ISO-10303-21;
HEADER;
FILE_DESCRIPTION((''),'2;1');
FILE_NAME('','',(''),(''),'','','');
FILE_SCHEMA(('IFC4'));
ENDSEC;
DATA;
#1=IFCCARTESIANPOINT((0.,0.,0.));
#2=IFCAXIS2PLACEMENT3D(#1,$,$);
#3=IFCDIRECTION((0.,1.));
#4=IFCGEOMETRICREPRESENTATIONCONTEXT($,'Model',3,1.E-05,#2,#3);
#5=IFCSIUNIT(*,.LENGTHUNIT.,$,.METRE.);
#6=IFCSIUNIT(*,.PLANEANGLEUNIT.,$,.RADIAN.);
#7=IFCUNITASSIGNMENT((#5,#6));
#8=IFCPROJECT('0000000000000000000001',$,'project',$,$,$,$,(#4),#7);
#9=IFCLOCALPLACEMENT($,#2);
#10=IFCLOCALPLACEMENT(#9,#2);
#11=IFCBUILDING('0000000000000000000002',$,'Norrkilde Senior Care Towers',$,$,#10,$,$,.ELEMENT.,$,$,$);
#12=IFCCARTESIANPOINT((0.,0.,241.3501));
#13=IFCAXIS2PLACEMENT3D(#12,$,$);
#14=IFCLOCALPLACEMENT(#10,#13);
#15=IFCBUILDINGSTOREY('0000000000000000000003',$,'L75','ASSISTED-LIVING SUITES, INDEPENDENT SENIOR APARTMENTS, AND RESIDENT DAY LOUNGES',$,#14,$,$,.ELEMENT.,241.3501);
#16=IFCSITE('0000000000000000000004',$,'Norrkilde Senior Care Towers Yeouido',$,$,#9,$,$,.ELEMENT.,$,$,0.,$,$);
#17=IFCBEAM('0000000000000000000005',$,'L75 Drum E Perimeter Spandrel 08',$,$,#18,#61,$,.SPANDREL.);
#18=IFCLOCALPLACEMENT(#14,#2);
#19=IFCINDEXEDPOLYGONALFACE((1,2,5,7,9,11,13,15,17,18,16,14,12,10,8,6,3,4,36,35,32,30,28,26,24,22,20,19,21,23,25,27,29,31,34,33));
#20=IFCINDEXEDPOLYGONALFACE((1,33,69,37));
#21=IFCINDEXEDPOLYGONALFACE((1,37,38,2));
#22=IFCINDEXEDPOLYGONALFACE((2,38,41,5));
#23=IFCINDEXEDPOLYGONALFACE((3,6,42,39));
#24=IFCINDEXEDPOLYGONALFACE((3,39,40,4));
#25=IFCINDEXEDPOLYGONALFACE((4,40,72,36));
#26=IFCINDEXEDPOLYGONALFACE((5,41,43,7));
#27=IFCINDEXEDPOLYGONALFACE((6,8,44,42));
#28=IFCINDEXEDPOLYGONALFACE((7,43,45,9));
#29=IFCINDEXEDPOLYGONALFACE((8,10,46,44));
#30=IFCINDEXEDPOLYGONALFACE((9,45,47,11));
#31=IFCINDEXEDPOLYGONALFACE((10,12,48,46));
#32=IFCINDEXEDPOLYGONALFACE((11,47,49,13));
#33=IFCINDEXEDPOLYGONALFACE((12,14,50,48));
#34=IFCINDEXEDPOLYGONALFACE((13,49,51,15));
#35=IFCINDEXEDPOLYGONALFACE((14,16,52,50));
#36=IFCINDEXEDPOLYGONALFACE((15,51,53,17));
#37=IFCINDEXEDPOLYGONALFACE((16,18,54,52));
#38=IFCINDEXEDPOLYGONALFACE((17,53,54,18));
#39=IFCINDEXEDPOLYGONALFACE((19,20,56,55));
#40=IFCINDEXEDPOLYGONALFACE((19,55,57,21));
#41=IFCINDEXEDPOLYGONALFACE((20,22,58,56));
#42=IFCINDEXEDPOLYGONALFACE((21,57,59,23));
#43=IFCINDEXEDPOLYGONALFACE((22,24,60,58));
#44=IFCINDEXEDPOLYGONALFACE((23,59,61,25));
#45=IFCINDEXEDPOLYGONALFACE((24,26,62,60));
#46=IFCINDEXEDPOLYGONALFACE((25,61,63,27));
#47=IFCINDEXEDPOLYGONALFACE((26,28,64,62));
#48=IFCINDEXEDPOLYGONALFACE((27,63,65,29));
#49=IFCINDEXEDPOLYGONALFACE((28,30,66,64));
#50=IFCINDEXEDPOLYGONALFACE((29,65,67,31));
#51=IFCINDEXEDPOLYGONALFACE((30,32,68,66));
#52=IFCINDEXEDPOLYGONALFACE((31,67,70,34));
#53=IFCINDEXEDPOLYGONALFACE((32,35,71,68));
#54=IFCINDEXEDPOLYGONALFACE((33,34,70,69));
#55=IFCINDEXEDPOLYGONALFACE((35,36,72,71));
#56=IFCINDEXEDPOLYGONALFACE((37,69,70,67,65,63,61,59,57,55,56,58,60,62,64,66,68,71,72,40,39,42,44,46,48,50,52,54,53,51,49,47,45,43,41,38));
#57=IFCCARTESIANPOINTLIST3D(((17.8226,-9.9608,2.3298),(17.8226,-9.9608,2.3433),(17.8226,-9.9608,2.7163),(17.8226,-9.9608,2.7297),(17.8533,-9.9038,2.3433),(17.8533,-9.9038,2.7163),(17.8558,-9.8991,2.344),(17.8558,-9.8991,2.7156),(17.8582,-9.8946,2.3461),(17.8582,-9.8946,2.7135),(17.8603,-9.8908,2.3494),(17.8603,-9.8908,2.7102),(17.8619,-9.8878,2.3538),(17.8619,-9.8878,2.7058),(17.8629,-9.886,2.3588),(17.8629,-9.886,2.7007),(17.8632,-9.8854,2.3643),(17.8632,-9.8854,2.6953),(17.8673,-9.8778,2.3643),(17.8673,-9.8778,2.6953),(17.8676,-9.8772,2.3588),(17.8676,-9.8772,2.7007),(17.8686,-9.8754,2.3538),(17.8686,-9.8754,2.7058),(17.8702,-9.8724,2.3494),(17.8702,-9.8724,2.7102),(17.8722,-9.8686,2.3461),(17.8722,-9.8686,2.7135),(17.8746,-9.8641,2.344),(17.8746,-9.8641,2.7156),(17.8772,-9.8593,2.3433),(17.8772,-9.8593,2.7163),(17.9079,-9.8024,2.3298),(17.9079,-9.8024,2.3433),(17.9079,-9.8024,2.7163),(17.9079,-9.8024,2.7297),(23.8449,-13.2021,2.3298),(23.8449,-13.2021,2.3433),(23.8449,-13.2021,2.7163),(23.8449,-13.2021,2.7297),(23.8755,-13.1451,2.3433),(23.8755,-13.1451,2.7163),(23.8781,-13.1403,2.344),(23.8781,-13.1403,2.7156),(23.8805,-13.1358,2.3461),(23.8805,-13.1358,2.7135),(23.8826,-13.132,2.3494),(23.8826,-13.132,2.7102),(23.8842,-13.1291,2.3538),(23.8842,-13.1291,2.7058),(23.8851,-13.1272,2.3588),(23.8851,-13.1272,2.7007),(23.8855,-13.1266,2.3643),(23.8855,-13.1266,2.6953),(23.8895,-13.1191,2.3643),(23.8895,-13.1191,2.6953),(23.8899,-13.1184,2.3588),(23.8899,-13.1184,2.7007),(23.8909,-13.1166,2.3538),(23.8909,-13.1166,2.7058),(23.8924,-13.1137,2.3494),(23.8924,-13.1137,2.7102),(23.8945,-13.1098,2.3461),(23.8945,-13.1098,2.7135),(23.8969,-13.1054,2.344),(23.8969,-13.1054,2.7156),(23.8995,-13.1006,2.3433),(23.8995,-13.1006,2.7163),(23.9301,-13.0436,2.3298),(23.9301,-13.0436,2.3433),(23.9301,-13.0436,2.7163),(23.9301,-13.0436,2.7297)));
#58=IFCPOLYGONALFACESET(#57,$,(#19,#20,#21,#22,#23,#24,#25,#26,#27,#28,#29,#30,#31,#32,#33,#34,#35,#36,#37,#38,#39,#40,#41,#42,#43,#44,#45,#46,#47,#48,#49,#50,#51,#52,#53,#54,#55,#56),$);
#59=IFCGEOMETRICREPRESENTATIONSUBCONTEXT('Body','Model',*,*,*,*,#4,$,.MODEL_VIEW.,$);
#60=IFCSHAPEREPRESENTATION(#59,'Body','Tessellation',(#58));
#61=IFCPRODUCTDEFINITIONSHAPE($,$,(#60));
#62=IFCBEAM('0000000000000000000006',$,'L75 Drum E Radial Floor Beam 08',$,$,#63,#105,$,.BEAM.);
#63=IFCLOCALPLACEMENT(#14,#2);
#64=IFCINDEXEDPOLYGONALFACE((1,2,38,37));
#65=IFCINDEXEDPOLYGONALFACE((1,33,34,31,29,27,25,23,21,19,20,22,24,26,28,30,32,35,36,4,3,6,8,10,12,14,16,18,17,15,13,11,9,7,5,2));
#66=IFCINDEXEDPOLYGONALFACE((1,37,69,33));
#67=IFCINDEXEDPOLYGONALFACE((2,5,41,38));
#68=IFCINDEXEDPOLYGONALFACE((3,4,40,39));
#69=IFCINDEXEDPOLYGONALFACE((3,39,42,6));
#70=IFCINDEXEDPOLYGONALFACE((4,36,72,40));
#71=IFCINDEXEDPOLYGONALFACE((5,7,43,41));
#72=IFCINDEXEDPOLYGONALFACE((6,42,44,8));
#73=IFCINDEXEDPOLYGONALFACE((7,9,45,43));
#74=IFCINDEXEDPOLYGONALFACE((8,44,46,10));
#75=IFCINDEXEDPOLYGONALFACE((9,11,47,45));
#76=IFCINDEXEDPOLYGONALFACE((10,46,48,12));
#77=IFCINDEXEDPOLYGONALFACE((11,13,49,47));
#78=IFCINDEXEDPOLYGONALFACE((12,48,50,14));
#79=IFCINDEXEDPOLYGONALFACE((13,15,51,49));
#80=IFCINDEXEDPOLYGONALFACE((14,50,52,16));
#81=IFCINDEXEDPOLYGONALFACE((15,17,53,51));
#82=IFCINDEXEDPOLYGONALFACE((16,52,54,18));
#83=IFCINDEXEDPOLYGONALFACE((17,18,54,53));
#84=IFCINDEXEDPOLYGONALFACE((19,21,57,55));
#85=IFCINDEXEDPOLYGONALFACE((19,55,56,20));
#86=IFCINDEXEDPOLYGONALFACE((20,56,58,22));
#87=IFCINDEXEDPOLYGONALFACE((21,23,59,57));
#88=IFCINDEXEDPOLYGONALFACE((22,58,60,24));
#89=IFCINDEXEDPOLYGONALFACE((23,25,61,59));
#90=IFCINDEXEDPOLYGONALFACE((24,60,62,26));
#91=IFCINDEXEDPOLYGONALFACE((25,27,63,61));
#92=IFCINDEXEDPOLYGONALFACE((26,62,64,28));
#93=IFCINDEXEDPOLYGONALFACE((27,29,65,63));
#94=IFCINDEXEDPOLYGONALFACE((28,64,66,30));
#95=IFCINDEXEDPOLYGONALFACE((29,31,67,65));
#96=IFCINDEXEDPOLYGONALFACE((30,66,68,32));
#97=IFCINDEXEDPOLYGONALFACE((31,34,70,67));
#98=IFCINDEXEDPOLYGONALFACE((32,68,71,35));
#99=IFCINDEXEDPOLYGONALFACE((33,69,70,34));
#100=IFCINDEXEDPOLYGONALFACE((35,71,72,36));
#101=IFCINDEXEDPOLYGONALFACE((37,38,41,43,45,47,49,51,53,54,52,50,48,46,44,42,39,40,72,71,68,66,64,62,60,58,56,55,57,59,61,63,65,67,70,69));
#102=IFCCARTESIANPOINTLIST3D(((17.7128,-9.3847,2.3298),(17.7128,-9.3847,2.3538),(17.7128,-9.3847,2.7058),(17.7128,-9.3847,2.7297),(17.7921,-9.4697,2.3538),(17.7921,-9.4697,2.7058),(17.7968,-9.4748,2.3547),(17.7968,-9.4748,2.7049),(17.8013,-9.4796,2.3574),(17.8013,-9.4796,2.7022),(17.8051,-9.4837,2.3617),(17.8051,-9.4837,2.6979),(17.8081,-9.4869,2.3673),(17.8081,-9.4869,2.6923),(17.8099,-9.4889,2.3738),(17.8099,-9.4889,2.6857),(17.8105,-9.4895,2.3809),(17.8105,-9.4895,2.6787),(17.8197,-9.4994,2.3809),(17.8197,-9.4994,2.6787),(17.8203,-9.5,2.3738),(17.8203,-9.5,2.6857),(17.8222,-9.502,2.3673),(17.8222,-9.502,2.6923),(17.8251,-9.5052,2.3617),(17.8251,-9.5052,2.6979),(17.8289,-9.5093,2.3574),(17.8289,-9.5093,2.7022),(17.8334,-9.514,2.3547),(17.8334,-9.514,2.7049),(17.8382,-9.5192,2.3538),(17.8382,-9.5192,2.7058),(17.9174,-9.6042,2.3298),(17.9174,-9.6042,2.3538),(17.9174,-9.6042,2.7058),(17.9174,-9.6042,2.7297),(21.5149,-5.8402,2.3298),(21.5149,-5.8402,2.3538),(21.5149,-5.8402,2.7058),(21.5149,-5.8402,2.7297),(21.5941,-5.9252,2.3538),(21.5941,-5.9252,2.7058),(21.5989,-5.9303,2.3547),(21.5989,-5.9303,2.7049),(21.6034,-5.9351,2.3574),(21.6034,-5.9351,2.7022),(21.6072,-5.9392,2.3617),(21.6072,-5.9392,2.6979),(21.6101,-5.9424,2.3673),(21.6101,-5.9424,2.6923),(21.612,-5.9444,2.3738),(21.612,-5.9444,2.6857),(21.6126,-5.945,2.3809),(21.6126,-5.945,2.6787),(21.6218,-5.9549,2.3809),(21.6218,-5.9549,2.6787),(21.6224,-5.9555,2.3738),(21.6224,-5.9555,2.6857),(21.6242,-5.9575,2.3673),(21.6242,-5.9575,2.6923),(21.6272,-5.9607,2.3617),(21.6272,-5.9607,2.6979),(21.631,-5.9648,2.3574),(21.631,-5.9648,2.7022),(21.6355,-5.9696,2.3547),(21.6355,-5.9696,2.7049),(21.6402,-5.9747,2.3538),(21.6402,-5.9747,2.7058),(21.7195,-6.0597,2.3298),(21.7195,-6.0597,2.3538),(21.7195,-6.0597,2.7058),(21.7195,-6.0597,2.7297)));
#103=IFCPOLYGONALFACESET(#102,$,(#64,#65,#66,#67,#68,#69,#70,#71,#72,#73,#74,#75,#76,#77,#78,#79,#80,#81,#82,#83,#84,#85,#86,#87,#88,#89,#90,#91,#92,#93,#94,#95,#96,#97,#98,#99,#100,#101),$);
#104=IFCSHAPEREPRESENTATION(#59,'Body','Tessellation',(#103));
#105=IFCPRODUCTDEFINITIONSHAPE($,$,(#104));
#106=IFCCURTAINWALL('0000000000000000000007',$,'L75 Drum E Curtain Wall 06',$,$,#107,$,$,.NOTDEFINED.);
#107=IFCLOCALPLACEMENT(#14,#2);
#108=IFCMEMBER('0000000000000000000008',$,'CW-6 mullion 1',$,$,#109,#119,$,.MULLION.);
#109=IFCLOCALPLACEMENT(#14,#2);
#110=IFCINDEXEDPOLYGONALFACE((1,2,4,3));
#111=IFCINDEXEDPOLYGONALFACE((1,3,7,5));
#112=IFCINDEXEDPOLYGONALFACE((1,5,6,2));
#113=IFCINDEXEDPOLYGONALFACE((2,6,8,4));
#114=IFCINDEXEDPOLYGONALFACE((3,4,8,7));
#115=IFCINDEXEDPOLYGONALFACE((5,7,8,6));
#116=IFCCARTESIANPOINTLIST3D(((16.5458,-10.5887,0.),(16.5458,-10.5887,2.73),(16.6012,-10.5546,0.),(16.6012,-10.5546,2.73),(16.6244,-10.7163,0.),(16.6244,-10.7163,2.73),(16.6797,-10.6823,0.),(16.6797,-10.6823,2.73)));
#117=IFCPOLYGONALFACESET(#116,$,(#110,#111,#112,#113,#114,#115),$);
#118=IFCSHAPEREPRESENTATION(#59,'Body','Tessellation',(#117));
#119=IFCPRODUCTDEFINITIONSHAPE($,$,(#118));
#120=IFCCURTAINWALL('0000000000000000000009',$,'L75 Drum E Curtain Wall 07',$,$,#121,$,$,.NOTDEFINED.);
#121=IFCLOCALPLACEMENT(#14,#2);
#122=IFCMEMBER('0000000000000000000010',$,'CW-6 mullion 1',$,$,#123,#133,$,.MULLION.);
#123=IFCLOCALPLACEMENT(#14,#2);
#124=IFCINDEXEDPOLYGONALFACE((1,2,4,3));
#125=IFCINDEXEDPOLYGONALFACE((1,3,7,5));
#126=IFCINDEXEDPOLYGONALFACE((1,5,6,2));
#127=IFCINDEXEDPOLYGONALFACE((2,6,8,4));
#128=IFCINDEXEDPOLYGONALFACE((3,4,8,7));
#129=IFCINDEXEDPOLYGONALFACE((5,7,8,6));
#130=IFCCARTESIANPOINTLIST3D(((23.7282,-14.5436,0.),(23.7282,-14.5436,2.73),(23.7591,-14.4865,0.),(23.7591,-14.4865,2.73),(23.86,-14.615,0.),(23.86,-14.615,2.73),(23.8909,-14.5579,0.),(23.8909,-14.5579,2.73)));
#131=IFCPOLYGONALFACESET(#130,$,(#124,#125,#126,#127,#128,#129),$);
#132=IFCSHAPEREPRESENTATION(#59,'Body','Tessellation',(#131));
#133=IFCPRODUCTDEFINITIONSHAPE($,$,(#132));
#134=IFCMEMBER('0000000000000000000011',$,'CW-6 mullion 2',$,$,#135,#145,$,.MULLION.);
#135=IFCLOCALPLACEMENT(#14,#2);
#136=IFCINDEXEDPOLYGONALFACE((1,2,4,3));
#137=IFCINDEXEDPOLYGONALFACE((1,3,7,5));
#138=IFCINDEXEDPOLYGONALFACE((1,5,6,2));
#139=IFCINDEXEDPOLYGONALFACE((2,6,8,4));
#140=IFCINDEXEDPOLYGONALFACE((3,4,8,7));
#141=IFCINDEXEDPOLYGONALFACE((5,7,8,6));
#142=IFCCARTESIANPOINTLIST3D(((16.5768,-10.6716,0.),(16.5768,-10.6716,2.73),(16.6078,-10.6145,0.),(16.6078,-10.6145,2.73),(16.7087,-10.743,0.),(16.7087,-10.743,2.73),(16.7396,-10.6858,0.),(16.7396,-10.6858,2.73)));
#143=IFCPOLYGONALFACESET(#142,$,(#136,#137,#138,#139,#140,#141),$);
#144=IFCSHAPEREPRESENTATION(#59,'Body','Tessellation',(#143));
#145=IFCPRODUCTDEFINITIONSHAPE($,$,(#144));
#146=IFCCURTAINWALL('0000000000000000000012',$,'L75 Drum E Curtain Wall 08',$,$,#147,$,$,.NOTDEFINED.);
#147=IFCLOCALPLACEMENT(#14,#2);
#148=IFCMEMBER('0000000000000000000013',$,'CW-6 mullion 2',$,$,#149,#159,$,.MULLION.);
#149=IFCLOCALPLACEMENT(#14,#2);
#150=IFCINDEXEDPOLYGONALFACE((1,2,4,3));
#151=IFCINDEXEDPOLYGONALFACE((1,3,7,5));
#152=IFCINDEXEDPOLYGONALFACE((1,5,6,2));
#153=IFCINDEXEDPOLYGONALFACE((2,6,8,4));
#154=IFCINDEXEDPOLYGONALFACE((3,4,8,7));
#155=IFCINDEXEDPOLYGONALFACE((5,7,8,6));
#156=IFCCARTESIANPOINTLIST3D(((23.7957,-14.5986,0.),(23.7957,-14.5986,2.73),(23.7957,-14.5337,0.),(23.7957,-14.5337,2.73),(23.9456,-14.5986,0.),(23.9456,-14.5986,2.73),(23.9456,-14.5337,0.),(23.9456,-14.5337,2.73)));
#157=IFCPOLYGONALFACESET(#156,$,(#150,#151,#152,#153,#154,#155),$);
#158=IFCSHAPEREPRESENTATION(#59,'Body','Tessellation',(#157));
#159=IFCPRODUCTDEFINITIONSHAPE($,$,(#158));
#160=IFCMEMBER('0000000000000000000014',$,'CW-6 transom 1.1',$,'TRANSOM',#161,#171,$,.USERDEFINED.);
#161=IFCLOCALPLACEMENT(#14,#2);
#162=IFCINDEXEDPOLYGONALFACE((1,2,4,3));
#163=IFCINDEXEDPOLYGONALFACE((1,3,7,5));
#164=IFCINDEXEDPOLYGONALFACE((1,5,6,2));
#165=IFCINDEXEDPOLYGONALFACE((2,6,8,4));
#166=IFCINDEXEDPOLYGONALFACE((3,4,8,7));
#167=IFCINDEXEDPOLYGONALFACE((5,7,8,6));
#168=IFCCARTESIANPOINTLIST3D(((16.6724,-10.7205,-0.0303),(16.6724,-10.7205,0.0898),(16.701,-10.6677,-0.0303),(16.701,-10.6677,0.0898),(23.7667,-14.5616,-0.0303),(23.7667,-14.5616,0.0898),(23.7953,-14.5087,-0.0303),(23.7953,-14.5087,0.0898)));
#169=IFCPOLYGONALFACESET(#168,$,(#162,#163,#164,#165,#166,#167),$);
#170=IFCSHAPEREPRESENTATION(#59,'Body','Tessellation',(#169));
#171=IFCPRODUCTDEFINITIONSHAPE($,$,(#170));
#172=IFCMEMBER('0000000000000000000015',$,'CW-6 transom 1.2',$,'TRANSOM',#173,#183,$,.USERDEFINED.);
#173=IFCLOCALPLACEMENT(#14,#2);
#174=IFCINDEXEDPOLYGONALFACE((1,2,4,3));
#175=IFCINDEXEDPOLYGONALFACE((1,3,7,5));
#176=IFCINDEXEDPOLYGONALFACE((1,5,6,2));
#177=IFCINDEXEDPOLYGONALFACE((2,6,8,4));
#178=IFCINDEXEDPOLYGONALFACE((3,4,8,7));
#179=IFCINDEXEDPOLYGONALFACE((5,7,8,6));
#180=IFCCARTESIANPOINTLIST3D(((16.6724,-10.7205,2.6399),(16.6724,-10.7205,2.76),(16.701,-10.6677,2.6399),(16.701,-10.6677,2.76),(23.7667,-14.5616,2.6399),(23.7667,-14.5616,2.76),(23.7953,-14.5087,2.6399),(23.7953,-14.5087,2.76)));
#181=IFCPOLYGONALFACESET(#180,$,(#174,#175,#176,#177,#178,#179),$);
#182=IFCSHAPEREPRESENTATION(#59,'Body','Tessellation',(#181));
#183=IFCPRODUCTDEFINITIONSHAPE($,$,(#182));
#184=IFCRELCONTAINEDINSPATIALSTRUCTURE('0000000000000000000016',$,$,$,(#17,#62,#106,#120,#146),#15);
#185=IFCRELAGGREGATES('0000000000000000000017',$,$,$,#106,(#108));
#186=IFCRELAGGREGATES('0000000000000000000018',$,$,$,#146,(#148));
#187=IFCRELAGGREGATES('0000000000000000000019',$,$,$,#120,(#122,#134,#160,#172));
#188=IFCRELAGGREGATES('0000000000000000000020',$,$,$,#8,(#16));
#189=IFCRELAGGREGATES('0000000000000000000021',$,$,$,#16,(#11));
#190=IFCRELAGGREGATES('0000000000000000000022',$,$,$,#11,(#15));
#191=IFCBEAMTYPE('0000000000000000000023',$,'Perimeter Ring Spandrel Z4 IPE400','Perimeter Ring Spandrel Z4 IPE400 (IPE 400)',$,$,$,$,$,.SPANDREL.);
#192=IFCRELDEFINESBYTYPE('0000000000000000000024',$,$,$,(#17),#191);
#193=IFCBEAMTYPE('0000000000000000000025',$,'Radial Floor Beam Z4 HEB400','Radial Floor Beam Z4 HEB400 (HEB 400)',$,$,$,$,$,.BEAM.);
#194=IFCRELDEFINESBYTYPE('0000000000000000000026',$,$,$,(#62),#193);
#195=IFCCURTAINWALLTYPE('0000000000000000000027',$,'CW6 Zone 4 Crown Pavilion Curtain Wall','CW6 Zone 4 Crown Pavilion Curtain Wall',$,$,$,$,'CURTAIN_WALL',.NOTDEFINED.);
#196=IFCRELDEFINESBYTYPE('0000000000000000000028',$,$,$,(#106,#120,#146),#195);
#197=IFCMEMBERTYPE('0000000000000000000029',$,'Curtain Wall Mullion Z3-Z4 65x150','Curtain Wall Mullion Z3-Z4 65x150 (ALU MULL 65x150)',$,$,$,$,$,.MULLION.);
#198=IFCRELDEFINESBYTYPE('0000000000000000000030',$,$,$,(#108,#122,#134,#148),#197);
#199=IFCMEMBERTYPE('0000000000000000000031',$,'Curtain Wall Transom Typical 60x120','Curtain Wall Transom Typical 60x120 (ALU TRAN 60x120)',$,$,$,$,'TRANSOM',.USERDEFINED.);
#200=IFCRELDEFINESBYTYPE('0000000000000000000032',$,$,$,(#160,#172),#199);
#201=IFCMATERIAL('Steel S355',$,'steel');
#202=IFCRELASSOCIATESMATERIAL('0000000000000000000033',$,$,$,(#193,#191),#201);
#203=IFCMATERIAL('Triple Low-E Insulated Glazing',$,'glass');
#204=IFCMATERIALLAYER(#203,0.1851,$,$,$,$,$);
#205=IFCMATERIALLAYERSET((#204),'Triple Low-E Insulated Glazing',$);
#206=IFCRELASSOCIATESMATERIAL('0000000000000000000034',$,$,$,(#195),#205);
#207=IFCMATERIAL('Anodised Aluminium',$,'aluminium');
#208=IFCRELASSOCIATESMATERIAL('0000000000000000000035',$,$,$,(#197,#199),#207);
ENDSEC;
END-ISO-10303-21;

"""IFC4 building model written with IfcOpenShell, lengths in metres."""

from ifc_helpers import new_model, si_unit, direction, frame, origin, origin_2d, place, context, subcontext, project, spatial, rectangle, i_section, extrude, source, transform, mapped, material, layer, layer_set, material_profile, profile_set, type_object, type_shapes, element, aggregate, save


model = new_model("IFC4")

# Units and contexts
model_context = context("Model", 3, precision=1e-05, world=origin(), true_north=direction((0.0, 1.0)))
body_context = subcontext(model_context, "Body", "Model", "MODEL_VIEW")
ifc_project = project(units=[si_unit("LENGTHUNIT", "METRE"), si_unit("PLANEANGLEUNIT", "RADIAN")], contexts=[model_context])

# Site, building, storey
site_placement = place(None, origin())
site = spatial("IfcSite", under=ifc_project, at=site_placement, Name="Norrkilde Senior Care Towers Yeouido", CompositionType="ELEMENT", RefElevation=0.0)
building_placement = place(site_placement, origin())
building = spatial("IfcBuilding", under=site, at=building_placement, Name="Norrkilde Senior Care Towers", CompositionType="ELEMENT")
storey_placement = place(building_placement, frame((0.0, 0.0, 241.3501)))
storey = spatial("IfcBuildingStorey", under=building, at=storey_placement, Name="L75", Description="ASSISTED-LIVING SUITES, INDEPENDENT SENIOR APARTMENTS, AND RESIDENT DAY LOUNGES", CompositionType="ELEMENT", Elevation=241.3501)

# Beams
ifc_material_1 = material(Name="Steel S355", Category="steel")
ifc_material_profile_1 = material_profile(ifc_material_1, i_section(OverallWidth=0.3, OverallDepth=0.3999, WebThickness=0.0134, FlangeThickness=0.0239, FilletRadius=0.0271, at=origin_2d()), Name="HEB 400")
ifc_profile_set_1 = profile_set([ifc_material_profile_1], Name="Steel S355")
beam_type_1 = type_object("IfcBeamType", Name="Radial Floor Beam Z4 HEB400", Description="Radial Floor Beam Z4 HEB400 (HEB 400)", PredefinedType="BEAM", material=ifc_profile_set_1)
ifc_material_profile_2 = material_profile(ifc_material_1, i_section(OverallWidth=0.1799, OverallDepth=0.3999, WebThickness=0.0085, FlangeThickness=0.0134, FilletRadius=0.021, at=origin_2d()), Name="IPE 400")
ifc_profile_set_2 = profile_set([ifc_material_profile_2], Name="Steel S355")
beam_type_2 = type_object("IfcBeamType", Name="Perimeter Ring Spandrel Z4 IPE400", Description="Perimeter Ring Spandrel Z4 IPE400 (IPE 400)", PredefinedType="SPANDREL", material=ifc_profile_set_2)
shared_shape_1 = source(origin(), body_context, "Body", "SweptSolid", [
    extrude(i_section(OverallWidth=0.1799, OverallDepth=0.3999, WebThickness=0.0085, FlangeThickness=0.0134, FilletRadius=0.021, at=origin_2d()), origin(), (0.0, 0.0, 1.0), 6.8391),
])
type_shapes(beam_type_2, [shared_shape_1])
beam_1_placement = place(storey_placement, frame((17.8652, -9.8816, 2.5298), z_axis=(0.880564, -0.473927, 0.0), x_axis=(0.473927, 0.880564, 0.0)))
element("IfcBeam", 1, at=beam_1_placement, inside=storey, type_object=beam_type_2, Name="L75 Drum E Perimeter Spandrel 08", PredefinedType="SPANDREL", context=body_context, shape_type="MappedRepresentation", body=[
    mapped(shared_shape_1, transform((0.0, 0.0, 0.0), x_axis=(1.0, 0.0, 0.0), y_axis=(0.0, 1.0, 0.0), z_axis=(0.0, 0.0, 1.0), scale=1.0)),
])
shared_shape_2 = source(origin(), body_context, "Body", "SweptSolid", [
    extrude(i_section(OverallWidth=0.3, OverallDepth=0.3999, WebThickness=0.0134, FlangeThickness=0.0239, FilletRadius=0.0271, at=origin_2d()), origin(), (0.0, 0.0, 1.0), 5.198),
])
beam_2_placement = place(storey_placement, frame((21.6172, -5.95, 2.5298), z_axis=(-0.731449, -0.681896, 0.0), x_axis=(0.681896, -0.731449, 0.0)))
element("IfcBeam", 2, at=beam_2_placement, inside=storey, type_object=beam_type_1, Name="L75 Drum E Radial Floor Beam 08", PredefinedType="BEAM", context=body_context, shape_type="MappedRepresentation", body=[
    mapped(shared_shape_2, transform((0.0, 0.0, 0.0), x_axis=(1.0, 0.0, 0.0), y_axis=(0.0, 1.0, 0.0), z_axis=(0.0, 0.0, 1.0), scale=1.0)),
])

# Curtain wall, member
ifc_material_2 = material(Name="Triple Low-E Insulated Glazing", Category="glass")
ifc_layer_1 = layer(ifc_material_2, 0.1851)
ifc_layer_set_1 = layer_set([ifc_layer_1], Name="Triple Low-E Insulated Glazing")
curtain_wall_type = type_object("IfcCurtainWallType", Name="CW6 Zone 4 Crown Pavilion Curtain Wall", Description="CW6 Zone 4 Crown Pavilion Curtain Wall", ElementType="CURTAIN_WALL", PredefinedType="NOTDEFINED", material=ifc_layer_set_1)
curtain_wall_1_placement = place(storey_placement, origin())
curtain_wall_1 = element("IfcCurtainWall", 3, at=curtain_wall_1_placement, inside=storey, type_object=curtain_wall_type, Name="L75 Drum E Curtain Wall 06", PredefinedType="NOTDEFINED")
ifc_material_3 = material(Name="Anodised Aluminium", Category="aluminium")
ifc_material_profile_3 = material_profile(ifc_material_3, rectangle(XDim=0.0649, YDim=0.1499, at=origin_2d()), Name="ALU MULL 65x150")
ifc_profile_set_3 = profile_set([ifc_material_profile_3], Name="Anodised Aluminium")
member_type_1 = type_object("IfcMemberType", Name="Curtain Wall Mullion Z3-Z4 65x150", Description="Curtain Wall Mullion Z3-Z4 65x150 (ALU MULL 65x150)", PredefinedType="MULLION", material=ifc_profile_set_3)
shared_shape_3 = source(origin(), body_context, "Body", "SweptSolid", [
    extrude(rectangle(XDim=0.0649, YDim=0.1499, at=origin_2d()), origin(), (0.0, 0.0, 1.0), 2.73),
])
type_shapes(member_type_1, [shared_shape_3])
member_1_placement = place(storey_placement, frame((16.6128, -10.6355, 0.0), z_axis=(0.0, 0.0, 1.0), x_axis=(-0.851563, -0.524253, 0.0)))
member_1 = element("IfcMember", 4, at=member_1_placement, type_object=member_type_1, Name="CW-6 mullion 1", PredefinedType="MULLION", context=body_context, shape_type="MappedRepresentation", body=[
    mapped(shared_shape_3, transform((0.0, 0.0, 0.0), x_axis=(1.0, 0.0, 0.0), y_axis=(0.0, 1.0, 0.0), z_axis=(0.0, 0.0, 1.0), scale=1.0)),
])
aggregate(curtain_wall_1, [member_1])

# Curtain wall, members
curtain_wall_2_placement = place(storey_placement, origin())
curtain_wall_2 = element("IfcCurtainWall", 5, at=curtain_wall_2_placement, inside=storey, type_object=curtain_wall_type, Name="L75 Drum E Curtain Wall 07", PredefinedType="NOTDEFINED")
member_2_placement = place(storey_placement, frame((23.8096, -14.5508, 0.0), z_axis=(0.0, 0.0, 1.0), x_axis=(-0.476133, -0.879373, 0.0)))
member_2 = element("IfcMember", 6, at=member_2_placement, type_object=member_type_1, Name="CW-6 mullion 1", PredefinedType="MULLION", context=body_context, shape_type="MappedRepresentation", body=[
    mapped(shared_shape_3, transform((0.0, 0.0, 0.0), x_axis=(1.0, 0.0, 0.0), y_axis=(0.0, 1.0, 0.0), z_axis=(0.0, 0.0, 1.0), scale=1.0)),
])
member_3_placement = place(storey_placement, frame((16.6582, -10.6787, 0.0), z_axis=(0.0, 0.0, 1.0), x_axis=(-0.476133, -0.879373, 0.0)))
member_3 = element("IfcMember", 7, at=member_3_placement, type_object=member_type_1, Name="CW-6 mullion 2", PredefinedType="MULLION", context=body_context, shape_type="MappedRepresentation", body=[
    mapped(shared_shape_3, transform((0.0, 0.0, 0.0), x_axis=(1.0, 0.0, 0.0), y_axis=(0.0, 1.0, 0.0), z_axis=(0.0, 0.0, 1.0), scale=1.0)),
])

# Curtain wall, member
curtain_wall_3_placement = place(storey_placement, origin())
curtain_wall_3 = element("IfcCurtainWall", 8, at=curtain_wall_3_placement, inside=storey, type_object=curtain_wall_type, Name="L75 Drum E Curtain Wall 08", PredefinedType="NOTDEFINED")
member_4_placement = place(storey_placement, frame((23.8706, -14.5662, 0.0), z_axis=(0.0, 0.0, 1.0), x_axis=(0.0, -1.0, 0.0)))
member_4 = element("IfcMember", 9, at=member_4_placement, type_object=member_type_1, Name="CW-6 mullion 2", PredefinedType="MULLION", context=body_context, shape_type="MappedRepresentation", body=[
    mapped(shared_shape_3, transform((0.0, 0.0, 0.0), x_axis=(1.0, 0.0, 0.0), y_axis=(0.0, 1.0, 0.0), z_axis=(0.0, 0.0, 1.0), scale=1.0)),
])
aggregate(curtain_wall_3, [member_4])

# Members
ifc_material_profile_4 = material_profile(ifc_material_3, rectangle(XDim=0.0601, YDim=0.1201, at=origin_2d()), Name="ALU TRAN 60x120")
ifc_profile_set_4 = profile_set([ifc_material_profile_4], Name="Anodised Aluminium")
member_type_2 = type_object("IfcMemberType", Name="Curtain Wall Transom Typical 60x120", Description="Curtain Wall Transom Typical 60x120 (ALU TRAN 60x120)", ElementType="TRANSOM", PredefinedType="USERDEFINED", material=ifc_profile_set_4)
shared_shape_4 = source(origin(), body_context, "Body", "SweptSolid", [
    extrude(rectangle(XDim=0.0601, YDim=0.1201, at=origin_2d()), origin(), (0.0, 0.0, 1.0), 8.0674),
])
type_shapes(member_type_2, [shared_shape_4])
member_5_placement = place(storey_placement, frame((23.781, -14.5352, 0.0298), z_axis=(-0.879378, 0.476125, 0.0), x_axis=(-0.476125, -0.879378, 0.0)))
member_5 = element("IfcMember", 10, at=member_5_placement, type_object=member_type_2, Name="CW-6 transom 1.1", ObjectType="TRANSOM", PredefinedType="USERDEFINED", context=body_context, shape_type="MappedRepresentation", body=[
    mapped(shared_shape_4, transform((0.0, 0.0, 0.0), x_axis=(1.0, 0.0, 0.0), y_axis=(0.0, 1.0, 0.0), z_axis=(0.0, 0.0, 1.0), scale=1.0)),
])
member_6_placement = place(storey_placement, frame((23.781, -14.5352, 2.7), z_axis=(-0.879378, 0.476125, 0.0), x_axis=(-0.476125, -0.879378, 0.0)))
member_6 = element("IfcMember", 11, at=member_6_placement, type_object=member_type_2, Name="CW-6 transom 1.2", ObjectType="TRANSOM", PredefinedType="USERDEFINED", context=body_context, shape_type="MappedRepresentation", body=[
    mapped(shared_shape_4, transform((0.0, 0.0, 0.0), x_axis=(1.0, 0.0, 0.0), y_axis=(0.0, 1.0, 0.0), z_axis=(0.0, 0.0, 1.0), scale=1.0)),
])

aggregate(curtain_wall_2, [member_2, member_3, member_5, member_6])

save(model, "model.ifc")
